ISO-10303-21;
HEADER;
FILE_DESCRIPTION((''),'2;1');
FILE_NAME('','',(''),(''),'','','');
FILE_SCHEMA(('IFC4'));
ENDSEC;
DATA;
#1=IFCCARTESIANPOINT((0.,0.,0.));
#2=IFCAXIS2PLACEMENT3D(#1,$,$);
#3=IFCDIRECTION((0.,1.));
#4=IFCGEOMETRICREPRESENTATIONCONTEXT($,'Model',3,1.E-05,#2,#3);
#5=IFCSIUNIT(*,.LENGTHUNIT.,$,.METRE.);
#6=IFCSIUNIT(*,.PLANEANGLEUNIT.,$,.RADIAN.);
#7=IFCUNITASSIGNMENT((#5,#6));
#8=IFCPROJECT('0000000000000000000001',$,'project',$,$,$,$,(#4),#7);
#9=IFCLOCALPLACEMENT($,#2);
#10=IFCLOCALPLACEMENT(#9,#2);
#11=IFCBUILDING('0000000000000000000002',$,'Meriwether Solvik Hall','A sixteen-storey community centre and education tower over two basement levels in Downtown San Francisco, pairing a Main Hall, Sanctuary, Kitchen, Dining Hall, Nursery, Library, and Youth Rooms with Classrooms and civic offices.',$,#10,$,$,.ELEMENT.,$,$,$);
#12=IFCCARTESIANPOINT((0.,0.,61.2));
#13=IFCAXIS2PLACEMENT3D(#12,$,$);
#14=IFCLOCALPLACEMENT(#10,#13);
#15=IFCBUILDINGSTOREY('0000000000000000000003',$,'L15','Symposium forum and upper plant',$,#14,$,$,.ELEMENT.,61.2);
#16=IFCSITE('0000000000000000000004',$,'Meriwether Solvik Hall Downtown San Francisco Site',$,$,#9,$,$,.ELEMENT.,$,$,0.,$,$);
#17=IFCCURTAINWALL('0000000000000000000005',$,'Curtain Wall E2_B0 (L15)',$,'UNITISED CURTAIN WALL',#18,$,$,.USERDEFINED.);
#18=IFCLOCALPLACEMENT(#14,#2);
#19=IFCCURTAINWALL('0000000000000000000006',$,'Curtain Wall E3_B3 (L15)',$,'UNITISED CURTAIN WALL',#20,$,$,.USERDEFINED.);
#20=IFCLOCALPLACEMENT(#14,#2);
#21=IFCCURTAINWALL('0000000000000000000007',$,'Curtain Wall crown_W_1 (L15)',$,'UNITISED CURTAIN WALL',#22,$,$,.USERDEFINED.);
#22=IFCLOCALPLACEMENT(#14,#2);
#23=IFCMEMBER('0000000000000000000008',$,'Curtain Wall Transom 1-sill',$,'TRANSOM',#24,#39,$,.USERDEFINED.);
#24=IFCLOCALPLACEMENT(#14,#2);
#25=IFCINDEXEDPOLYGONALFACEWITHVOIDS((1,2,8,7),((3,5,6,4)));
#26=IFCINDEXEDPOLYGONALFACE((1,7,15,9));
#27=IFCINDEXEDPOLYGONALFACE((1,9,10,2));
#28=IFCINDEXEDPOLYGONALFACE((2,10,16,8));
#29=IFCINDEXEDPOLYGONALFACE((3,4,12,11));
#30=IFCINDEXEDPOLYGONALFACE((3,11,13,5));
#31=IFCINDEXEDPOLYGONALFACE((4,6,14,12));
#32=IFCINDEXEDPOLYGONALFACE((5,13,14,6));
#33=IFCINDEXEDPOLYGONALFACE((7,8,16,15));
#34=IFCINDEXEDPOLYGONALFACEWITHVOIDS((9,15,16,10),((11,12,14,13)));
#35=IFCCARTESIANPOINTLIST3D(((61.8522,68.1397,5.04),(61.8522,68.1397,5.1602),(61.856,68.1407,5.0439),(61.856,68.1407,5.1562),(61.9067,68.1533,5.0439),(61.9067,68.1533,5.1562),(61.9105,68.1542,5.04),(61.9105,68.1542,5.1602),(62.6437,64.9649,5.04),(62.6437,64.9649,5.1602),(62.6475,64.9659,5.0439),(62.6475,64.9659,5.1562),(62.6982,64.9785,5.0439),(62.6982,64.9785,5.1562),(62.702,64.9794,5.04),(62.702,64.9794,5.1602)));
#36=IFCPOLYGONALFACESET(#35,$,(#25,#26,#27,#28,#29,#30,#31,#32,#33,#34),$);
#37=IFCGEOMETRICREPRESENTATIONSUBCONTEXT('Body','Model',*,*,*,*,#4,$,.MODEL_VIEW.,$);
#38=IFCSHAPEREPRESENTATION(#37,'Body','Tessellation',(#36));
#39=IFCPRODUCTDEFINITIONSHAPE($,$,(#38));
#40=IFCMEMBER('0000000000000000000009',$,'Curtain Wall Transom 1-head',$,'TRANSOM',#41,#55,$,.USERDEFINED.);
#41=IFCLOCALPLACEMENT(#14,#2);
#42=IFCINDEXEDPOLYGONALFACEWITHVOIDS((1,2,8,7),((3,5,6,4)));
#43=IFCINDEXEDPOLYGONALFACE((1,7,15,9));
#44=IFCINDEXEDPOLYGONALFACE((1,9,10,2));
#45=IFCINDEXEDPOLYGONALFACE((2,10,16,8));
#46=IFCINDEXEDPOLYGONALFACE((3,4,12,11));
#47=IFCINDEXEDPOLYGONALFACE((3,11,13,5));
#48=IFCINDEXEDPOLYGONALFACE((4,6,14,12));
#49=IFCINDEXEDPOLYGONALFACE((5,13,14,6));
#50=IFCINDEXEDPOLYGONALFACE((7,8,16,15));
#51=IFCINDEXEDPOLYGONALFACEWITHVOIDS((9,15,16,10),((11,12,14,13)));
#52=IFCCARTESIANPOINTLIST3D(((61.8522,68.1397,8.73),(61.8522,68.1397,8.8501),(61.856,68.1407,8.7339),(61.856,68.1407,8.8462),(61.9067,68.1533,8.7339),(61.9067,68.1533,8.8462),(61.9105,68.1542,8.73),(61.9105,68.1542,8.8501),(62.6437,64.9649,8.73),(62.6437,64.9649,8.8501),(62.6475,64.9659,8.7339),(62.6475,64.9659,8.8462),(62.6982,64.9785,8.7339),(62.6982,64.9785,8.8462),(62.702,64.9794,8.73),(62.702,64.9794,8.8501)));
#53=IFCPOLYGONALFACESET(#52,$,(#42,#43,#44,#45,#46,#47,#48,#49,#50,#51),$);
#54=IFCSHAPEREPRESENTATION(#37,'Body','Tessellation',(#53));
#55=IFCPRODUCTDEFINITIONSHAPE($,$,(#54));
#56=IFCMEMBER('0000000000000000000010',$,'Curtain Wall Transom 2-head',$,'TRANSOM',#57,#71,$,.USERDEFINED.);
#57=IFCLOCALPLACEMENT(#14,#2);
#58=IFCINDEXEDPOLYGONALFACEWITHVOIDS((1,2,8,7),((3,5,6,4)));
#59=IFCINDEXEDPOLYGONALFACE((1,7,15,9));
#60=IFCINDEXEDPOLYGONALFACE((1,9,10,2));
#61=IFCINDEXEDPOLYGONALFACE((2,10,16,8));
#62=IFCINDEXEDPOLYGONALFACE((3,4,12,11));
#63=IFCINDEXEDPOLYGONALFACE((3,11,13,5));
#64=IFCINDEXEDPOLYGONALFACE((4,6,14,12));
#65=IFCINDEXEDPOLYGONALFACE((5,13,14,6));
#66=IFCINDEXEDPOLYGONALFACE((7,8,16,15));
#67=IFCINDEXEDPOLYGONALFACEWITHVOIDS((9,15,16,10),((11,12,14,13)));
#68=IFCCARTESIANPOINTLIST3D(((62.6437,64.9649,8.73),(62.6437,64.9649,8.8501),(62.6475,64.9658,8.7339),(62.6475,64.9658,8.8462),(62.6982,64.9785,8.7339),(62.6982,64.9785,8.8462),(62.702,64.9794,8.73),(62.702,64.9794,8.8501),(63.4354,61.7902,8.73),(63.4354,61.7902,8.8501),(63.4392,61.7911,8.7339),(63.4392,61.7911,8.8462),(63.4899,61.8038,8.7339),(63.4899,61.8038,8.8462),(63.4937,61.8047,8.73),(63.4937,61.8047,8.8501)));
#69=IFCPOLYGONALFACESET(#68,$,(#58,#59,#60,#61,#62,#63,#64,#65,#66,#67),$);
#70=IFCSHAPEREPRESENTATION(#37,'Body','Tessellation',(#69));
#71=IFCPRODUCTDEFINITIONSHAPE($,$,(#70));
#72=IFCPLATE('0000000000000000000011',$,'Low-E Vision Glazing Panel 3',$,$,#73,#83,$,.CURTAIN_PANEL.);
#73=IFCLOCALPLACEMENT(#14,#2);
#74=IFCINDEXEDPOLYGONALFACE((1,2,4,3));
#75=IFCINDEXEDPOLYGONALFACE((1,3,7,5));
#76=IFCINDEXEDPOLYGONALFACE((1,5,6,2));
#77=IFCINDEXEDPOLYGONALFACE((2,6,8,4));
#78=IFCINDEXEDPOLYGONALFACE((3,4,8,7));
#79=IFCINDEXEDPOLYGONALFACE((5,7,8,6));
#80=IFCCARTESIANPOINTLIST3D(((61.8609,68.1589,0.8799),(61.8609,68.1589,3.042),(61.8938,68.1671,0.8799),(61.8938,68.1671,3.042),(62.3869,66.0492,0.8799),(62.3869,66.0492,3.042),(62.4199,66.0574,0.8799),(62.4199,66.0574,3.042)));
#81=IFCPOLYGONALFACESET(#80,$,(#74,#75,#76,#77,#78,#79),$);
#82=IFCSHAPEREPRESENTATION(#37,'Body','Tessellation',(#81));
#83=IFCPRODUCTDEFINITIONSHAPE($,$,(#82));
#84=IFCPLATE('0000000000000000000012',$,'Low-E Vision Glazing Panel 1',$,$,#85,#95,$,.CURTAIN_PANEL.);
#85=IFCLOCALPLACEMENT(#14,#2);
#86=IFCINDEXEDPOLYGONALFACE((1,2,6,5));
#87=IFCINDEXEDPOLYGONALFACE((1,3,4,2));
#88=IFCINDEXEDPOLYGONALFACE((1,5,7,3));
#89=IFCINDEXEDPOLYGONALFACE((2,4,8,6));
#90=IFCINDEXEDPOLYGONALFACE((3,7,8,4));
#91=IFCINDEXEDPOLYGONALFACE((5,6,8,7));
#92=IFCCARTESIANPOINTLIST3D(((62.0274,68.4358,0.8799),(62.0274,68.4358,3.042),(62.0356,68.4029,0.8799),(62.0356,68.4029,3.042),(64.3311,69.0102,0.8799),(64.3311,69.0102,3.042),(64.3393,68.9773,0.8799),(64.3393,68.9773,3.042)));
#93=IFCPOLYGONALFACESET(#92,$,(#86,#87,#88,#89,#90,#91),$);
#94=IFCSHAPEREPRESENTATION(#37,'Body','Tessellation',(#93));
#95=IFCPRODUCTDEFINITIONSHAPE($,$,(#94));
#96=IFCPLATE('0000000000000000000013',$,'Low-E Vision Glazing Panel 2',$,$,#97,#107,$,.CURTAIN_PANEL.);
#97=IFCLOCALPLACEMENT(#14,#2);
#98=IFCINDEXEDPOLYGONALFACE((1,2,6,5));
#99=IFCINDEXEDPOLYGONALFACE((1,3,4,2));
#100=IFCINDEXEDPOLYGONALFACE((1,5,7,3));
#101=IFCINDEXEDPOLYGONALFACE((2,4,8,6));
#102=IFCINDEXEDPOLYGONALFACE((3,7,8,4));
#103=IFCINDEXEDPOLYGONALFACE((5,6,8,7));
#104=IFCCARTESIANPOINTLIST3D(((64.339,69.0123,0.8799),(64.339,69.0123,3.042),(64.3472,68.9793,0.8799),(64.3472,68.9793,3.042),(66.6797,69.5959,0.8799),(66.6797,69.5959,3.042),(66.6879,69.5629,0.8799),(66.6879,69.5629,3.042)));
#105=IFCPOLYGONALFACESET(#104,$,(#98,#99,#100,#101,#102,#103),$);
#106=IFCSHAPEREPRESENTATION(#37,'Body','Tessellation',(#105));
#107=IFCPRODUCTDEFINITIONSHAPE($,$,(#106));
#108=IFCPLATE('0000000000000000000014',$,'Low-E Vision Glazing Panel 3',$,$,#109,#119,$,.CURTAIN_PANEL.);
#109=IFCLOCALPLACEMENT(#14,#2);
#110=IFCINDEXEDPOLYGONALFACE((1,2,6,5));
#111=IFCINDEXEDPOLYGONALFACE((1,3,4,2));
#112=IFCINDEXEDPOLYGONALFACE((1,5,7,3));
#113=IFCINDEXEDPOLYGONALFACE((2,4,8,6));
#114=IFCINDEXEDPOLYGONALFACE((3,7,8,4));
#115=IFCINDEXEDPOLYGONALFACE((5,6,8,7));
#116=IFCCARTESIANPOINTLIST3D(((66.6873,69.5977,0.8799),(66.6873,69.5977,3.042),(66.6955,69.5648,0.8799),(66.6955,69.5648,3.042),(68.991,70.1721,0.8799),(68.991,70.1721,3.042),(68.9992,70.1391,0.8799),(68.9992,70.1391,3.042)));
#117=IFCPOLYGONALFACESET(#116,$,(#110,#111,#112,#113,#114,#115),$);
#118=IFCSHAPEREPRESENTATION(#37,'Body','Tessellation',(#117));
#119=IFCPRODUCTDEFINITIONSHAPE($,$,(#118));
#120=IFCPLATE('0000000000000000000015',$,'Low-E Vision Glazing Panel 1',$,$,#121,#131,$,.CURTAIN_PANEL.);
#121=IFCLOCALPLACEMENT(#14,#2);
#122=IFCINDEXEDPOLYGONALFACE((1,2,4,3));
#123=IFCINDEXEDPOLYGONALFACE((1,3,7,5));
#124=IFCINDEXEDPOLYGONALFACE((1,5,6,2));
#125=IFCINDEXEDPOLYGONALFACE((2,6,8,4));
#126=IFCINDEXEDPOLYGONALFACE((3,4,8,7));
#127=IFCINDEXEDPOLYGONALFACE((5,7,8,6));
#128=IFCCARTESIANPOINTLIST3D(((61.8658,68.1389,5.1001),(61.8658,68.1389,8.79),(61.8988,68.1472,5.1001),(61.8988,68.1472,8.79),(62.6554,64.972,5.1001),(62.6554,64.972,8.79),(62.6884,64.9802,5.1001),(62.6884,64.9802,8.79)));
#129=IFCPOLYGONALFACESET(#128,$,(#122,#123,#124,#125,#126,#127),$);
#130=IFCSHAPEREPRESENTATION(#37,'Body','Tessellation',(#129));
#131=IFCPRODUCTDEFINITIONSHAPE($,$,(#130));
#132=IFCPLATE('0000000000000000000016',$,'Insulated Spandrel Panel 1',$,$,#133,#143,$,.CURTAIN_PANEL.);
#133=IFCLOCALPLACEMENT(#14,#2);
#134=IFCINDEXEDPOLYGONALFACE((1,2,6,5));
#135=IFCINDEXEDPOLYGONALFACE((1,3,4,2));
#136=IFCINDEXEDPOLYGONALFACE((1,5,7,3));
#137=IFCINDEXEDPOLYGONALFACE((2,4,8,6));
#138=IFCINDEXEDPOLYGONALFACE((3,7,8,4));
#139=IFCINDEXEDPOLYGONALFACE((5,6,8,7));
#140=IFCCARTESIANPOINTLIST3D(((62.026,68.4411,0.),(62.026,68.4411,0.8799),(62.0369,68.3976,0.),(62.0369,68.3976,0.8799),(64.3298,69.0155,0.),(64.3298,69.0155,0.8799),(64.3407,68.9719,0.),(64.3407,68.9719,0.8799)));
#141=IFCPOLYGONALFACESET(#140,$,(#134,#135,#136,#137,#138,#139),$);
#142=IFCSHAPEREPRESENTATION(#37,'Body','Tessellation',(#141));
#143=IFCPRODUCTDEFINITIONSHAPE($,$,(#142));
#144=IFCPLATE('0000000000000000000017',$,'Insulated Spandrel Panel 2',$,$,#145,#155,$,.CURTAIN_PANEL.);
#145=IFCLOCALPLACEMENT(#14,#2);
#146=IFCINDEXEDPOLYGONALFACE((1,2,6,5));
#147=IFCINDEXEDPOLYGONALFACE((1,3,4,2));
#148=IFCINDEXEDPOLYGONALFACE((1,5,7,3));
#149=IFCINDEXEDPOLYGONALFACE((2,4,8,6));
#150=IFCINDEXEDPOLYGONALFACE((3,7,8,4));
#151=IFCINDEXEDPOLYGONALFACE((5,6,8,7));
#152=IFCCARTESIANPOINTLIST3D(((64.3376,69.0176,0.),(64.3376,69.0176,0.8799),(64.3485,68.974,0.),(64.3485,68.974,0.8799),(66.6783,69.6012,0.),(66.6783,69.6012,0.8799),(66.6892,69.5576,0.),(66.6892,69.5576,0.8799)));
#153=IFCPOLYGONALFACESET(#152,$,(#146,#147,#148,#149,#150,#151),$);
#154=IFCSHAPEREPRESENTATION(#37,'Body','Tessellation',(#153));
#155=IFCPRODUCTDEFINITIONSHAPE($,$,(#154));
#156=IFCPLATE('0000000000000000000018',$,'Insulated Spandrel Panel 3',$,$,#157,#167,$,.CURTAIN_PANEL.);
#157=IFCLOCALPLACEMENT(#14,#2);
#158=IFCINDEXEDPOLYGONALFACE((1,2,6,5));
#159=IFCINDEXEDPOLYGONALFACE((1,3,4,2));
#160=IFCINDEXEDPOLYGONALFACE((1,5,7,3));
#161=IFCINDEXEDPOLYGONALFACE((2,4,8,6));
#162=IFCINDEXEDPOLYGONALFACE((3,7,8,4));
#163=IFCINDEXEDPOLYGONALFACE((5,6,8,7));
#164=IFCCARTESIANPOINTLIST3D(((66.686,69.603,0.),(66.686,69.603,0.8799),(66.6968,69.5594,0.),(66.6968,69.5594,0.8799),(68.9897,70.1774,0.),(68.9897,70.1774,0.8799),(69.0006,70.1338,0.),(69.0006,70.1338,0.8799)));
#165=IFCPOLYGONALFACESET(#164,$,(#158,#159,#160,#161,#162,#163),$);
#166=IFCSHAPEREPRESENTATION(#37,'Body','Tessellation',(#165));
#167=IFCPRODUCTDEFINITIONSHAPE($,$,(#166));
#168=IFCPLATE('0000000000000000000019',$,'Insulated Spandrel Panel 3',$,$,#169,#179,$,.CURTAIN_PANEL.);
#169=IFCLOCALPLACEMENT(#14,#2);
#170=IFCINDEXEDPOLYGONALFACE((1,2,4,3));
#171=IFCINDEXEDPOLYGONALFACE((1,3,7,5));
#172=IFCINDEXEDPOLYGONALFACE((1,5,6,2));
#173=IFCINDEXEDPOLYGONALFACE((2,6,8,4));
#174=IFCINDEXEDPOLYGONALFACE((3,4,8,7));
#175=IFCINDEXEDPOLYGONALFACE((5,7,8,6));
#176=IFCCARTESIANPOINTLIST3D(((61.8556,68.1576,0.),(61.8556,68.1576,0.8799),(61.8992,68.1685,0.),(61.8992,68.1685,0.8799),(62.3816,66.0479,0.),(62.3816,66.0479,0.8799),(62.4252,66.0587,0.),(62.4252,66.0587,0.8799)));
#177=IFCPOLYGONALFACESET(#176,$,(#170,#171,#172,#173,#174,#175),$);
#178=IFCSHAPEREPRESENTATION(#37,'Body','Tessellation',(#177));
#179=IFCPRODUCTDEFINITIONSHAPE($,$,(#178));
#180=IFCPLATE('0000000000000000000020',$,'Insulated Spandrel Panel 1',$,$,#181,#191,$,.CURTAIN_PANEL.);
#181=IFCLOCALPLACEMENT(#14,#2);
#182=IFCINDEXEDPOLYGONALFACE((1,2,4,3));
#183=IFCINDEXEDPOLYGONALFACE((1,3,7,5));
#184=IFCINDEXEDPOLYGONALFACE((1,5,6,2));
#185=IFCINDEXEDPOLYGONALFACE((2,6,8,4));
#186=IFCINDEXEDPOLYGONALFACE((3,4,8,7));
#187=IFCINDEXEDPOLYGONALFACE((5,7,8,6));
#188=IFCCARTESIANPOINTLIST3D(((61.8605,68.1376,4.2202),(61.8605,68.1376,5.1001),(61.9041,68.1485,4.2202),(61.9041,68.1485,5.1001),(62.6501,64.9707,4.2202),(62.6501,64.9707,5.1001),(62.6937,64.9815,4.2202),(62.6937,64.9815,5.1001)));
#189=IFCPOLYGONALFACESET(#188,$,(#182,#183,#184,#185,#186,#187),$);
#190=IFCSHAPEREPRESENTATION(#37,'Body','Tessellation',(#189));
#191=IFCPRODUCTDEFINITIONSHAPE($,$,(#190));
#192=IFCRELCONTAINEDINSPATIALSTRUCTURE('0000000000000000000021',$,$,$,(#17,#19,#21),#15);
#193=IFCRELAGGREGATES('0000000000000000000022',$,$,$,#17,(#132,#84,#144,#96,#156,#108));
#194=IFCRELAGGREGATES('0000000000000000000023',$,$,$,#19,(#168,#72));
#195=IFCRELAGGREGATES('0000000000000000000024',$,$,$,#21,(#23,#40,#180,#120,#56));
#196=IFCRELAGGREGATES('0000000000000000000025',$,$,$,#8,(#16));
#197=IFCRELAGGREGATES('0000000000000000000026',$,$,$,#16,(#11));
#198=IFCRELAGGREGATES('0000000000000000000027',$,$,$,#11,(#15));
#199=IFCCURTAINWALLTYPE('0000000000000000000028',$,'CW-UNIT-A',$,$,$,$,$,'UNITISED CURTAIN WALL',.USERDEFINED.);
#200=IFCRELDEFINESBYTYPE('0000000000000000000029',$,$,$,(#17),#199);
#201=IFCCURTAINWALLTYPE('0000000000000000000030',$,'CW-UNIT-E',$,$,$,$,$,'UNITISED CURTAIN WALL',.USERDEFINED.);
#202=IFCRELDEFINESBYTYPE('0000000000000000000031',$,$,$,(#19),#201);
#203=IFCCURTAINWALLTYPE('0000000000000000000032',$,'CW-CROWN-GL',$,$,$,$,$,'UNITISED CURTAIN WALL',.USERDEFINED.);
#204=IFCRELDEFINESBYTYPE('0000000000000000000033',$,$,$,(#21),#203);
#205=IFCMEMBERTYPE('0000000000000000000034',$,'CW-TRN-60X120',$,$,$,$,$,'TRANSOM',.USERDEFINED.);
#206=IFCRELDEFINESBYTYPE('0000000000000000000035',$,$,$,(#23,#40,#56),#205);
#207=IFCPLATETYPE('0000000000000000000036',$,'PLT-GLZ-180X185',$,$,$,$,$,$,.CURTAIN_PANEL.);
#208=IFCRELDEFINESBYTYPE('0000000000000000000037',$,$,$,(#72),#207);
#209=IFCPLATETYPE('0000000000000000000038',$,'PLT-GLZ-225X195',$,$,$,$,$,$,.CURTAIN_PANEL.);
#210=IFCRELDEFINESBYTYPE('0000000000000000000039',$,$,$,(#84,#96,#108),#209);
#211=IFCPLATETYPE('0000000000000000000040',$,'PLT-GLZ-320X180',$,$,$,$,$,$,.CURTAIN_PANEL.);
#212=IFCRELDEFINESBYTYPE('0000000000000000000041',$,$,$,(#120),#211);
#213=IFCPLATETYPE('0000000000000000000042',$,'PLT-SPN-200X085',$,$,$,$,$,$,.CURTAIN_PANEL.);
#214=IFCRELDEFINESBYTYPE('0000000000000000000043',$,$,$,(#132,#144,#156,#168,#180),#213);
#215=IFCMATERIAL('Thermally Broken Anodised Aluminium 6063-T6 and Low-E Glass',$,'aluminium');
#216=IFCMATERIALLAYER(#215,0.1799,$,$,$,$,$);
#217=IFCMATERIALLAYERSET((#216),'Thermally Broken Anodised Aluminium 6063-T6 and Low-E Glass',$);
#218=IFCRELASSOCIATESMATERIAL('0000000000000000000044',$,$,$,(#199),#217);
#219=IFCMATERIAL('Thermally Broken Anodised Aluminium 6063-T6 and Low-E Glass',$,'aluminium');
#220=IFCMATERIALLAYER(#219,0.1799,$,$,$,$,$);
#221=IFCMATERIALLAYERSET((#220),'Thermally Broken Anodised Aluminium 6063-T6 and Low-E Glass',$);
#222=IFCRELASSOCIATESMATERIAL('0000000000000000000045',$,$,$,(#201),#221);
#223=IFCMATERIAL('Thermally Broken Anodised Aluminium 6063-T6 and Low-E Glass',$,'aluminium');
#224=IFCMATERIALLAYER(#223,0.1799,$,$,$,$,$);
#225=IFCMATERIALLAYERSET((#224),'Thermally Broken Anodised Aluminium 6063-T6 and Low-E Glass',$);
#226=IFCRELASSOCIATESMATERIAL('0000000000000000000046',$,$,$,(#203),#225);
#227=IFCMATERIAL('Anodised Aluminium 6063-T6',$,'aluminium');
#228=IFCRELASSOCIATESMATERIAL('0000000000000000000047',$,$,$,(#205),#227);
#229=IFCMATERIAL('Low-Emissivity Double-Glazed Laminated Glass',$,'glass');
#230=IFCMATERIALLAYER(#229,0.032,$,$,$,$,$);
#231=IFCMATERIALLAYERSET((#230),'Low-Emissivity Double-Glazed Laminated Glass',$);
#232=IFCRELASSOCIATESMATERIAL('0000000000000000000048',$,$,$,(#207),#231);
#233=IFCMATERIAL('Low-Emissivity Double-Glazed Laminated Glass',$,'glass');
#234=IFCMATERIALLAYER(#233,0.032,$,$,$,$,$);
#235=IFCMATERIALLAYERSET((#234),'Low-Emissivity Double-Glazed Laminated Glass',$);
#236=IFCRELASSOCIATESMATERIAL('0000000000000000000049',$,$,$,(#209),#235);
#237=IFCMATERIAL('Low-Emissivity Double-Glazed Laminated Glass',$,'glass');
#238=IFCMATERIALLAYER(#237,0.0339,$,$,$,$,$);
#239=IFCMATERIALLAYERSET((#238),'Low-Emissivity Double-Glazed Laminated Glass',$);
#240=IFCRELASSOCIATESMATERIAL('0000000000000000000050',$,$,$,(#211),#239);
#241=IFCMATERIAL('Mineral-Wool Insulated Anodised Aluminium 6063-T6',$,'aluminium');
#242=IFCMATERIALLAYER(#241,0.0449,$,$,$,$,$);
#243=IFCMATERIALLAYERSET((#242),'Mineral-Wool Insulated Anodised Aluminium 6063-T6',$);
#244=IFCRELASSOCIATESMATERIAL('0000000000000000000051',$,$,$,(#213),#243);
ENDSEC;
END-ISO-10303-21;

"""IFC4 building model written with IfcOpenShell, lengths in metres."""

from ifc_helpers import new_model, si_unit, direction, frame, origin, origin_2d, place, context, subcontext, project, spatial, rectangle, hollow_rectangle, extrude, material, layer, layer_set, material_profile, profile_set, type_object, element, aggregate, save


model = new_model("IFC4")

# Units and contexts
model_context = context("Model", 3, precision=1e-05, world=origin(), true_north=direction((0.0, 1.0)))
body_context = subcontext(model_context, "Body", "Model", "MODEL_VIEW")
ifc_project = project(units=[si_unit("LENGTHUNIT", "METRE"), si_unit("PLANEANGLEUNIT", "RADIAN")], contexts=[model_context])

# Site, building, storey
site_placement = place(None, origin())
site = spatial("IfcSite", under=ifc_project, at=site_placement, Name="Meriwether Solvik Hall Downtown San Francisco Site", CompositionType="ELEMENT", RefElevation=0.0)
building_placement = place(site_placement, origin())
building = spatial("IfcBuilding", under=site, at=building_placement, Name="Meriwether Solvik Hall", Description="A sixteen-storey community centre and education tower over two basement levels in Downtown San Francisco, pairing a Main Hall, Sanctuary, Kitchen, Dining Hall, Nursery, Library, and Youth Rooms with Classrooms and civic offices.", CompositionType="ELEMENT")
storey_placement = place(building_placement, frame((0.0, 0.0, 61.2)))
storey = spatial("IfcBuildingStorey", under=building, at=storey_placement, Name="L15", Description="Symposium forum and upper plant", CompositionType="ELEMENT", Elevation=61.2)

# Curtain walls
ifc_material_1 = material(Name="Thermally Broken Anodised Aluminium 6063-T6 and Low-E Glass", Category="aluminium")
ifc_layer_1 = layer(ifc_material_1, 0.1799)
ifc_layer_set_1 = layer_set([ifc_layer_1], Name="Thermally Broken Anodised Aluminium 6063-T6 and Low-E Glass")
curtain_wall_type_1 = type_object("IfcCurtainWallType", Name="CW-UNIT-A", ElementType="UNITISED CURTAIN WALL", PredefinedType="USERDEFINED", material=ifc_layer_set_1)
curtain_wall_1_placement = place(storey_placement, origin())
curtain_wall_1 = element("IfcCurtainWall", 1, at=curtain_wall_1_placement, inside=storey, type_object=curtain_wall_type_1, Name="Curtain Wall E2_B0 (L15)", ObjectType="UNITISED CURTAIN WALL", PredefinedType="USERDEFINED")
ifc_material_2 = material(Name="Thermally Broken Anodised Aluminium 6063-T6 and Low-E Glass", Category="aluminium")
ifc_layer_2 = layer(ifc_material_2, 0.1799)
ifc_layer_set_2 = layer_set([ifc_layer_2], Name="Thermally Broken Anodised Aluminium 6063-T6 and Low-E Glass")
curtain_wall_type_2 = type_object("IfcCurtainWallType", Name="CW-UNIT-E", ElementType="UNITISED CURTAIN WALL", PredefinedType="USERDEFINED", material=ifc_layer_set_2)
curtain_wall_2_placement = place(storey_placement, origin())
curtain_wall_2 = element("IfcCurtainWall", 2, at=curtain_wall_2_placement, inside=storey, type_object=curtain_wall_type_2, Name="Curtain Wall E3_B3 (L15)", ObjectType="UNITISED CURTAIN WALL", PredefinedType="USERDEFINED")

# Curtain wall
ifc_material_3 = material(Name="Thermally Broken Anodised Aluminium 6063-T6 and Low-E Glass", Category="aluminium")
ifc_layer_3 = layer(ifc_material_3, 0.1799)
ifc_layer_set_3 = layer_set([ifc_layer_3], Name="Thermally Broken Anodised Aluminium 6063-T6 and Low-E Glass")
curtain_wall_type_3 = type_object("IfcCurtainWallType", Name="CW-CROWN-GL", ElementType="UNITISED CURTAIN WALL", PredefinedType="USERDEFINED", material=ifc_layer_set_3)
curtain_wall_3_placement = place(storey_placement, origin())
curtain_wall_3 = element("IfcCurtainWall", 3, at=curtain_wall_3_placement, inside=storey, type_object=curtain_wall_type_3, Name="Curtain Wall crown_W_1 (L15)", ObjectType="UNITISED CURTAIN WALL", PredefinedType="USERDEFINED")

# Members
ifc_material_4 = material(Name="Anodised Aluminium 6063-T6", Category="aluminium")
ifc_material_profile_1 = material_profile(ifc_material_4, hollow_rectangle(XDim=0.0601, YDim=0.1201, WallThickness=0.0039, at=origin_2d()), Name="CWT-60X120")
ifc_profile_set_1 = profile_set([ifc_material_profile_1], Name="Anodised Aluminium 6063-T6")
member_type_1 = type_object("IfcMemberType", Name="CW-TRN-60X120", ElementType="TRANSOM", PredefinedType="USERDEFINED", material=ifc_profile_set_1)
member_1_placement = place(storey_placement, frame((61.8813, 68.147, 5.1001), z_axis=(0.241904, -0.9703, 0.0), x_axis=(0.9703, 0.241904, 0.0)))
member_1 = element("IfcMember", 4, at=member_1_placement, type_object=member_type_1, Name="Curtain Wall Transom 1-sill", ObjectType="TRANSOM", PredefinedType="USERDEFINED", context=body_context, shape_type="SweptSolid", body=[
    extrude(hollow_rectangle(XDim=0.0601, YDim=0.1201, WallThickness=0.0039, at=origin_2d()), origin(), (0.0, 0.0, 1.0), 3.272),
])
member_2_placement = place(storey_placement, frame((61.8813, 68.147, 8.79), z_axis=(0.241904, -0.9703, 0.0), x_axis=(0.9703, 0.241904, 0.0)))
member_2 = element("IfcMember", 5, at=member_2_placement, type_object=member_type_1, Name="Curtain Wall Transom 1-head", ObjectType="TRANSOM", PredefinedType="USERDEFINED", context=body_context, shape_type="SweptSolid", body=[
    extrude(hollow_rectangle(XDim=0.0601, YDim=0.1201, WallThickness=0.0039, at=origin_2d()), origin(), (0.0, 0.0, 1.0), 3.272),
])
member_3_placement = place(storey_placement, frame((62.6729, 64.9722, 8.79), z_axis=(0.241974, -0.970283, 0.0), x_axis=(0.970283, 0.241974, 0.0)))
member_3 = element("IfcMember", 6, at=member_3_placement, type_object=member_type_1, Name="Curtain Wall Transom 2-head", ObjectType="TRANSOM", PredefinedType="USERDEFINED", context=body_context, shape_type="SweptSolid", body=[
    extrude(hollow_rectangle(XDim=0.0601, YDim=0.1201, WallThickness=0.0039, at=origin_2d()), origin(), (0.0, 0.0, 1.0), 3.272),
])

# Plates
ifc_material_5 = material(Name="Low-Emissivity Double-Glazed Laminated Glass", Category="glass")
ifc_layer_4 = layer(ifc_material_5, 0.032)
ifc_layer_set_4 = layer_set([ifc_layer_4], Name="Low-Emissivity Double-Glazed Laminated Glass")
plate_type_1 = type_object("IfcPlateType", Name="PLT-GLZ-180X185", PredefinedType="CURTAIN_PANEL", material=ifc_layer_set_4)
plate_1_placement = place(storey_placement, frame((62.1404, 67.1082, 0.8799), z_axis=(0.0, 0.0, 1.0), x_axis=(-0.241922, 0.970296, 0.0)))
plate_1 = element("IfcPlate", 7, at=plate_1_placement, type_object=plate_type_1, Name="Low-E Vision Glazing Panel 3", PredefinedType="CURTAIN_PANEL", context=body_context, shape_type="SweptSolid", body=[
    extrude(rectangle(XDim=2.1743, YDim=0.0339, at=origin_2d()), origin(), (0.0, 0.0, 1.0), 2.1621),
])
ifc_material_6 = material(Name="Low-Emissivity Double-Glazed Laminated Glass", Category="glass")
ifc_layer_5 = layer(ifc_material_6, 0.032)
ifc_layer_set_5 = layer_set([ifc_layer_5], Name="Low-Emissivity Double-Glazed Laminated Glass")
plate_type_2 = type_object("IfcPlateType", Name="PLT-GLZ-225X195", PredefinedType="CURTAIN_PANEL", material=ifc_layer_set_5)
plate_2_placement = place(storey_placement, frame((63.1833, 68.7065, 0.8799), z_axis=(0.0, 0.0, 1.0), x_axis=(0.970296, 0.241922, 0.0)))
plate_2 = element("IfcPlate", 8, at=plate_2_placement, type_object=plate_type_2, Name="Low-E Vision Glazing Panel 1", PredefinedType="CURTAIN_PANEL", context=body_context, shape_type="SweptSolid", body=[
    extrude(rectangle(XDim=2.3743, YDim=0.0339, at=origin_2d()), origin(), (0.0, 0.0, 1.0), 2.1621),
])
plate_3_placement = place(storey_placement, frame((65.5134, 69.2876, 0.8799), z_axis=(0.0, 0.0, 1.0), x_axis=(0.970296, 0.241922, 0.0)))
plate_3 = element("IfcPlate", 9, at=plate_3_placement, type_object=plate_type_2, Name="Low-E Vision Glazing Panel 2", PredefinedType="CURTAIN_PANEL", context=body_context, shape_type="SweptSolid", body=[
    extrude(rectangle(XDim=2.4124, YDim=0.0339, at=origin_2d()), origin(), (0.0, 0.0, 1.0), 2.1621),
])
plate_4_placement = place(storey_placement, frame((67.8433, 69.8684, 0.8799), z_axis=(0.0, 0.0, 1.0), x_axis=(0.970296, 0.241922, 0.0)))
plate_4 = element("IfcPlate", 10, at=plate_4_placement, type_object=plate_type_2, Name="Low-E Vision Glazing Panel 3", PredefinedType="CURTAIN_PANEL", context=body_context, shape_type="SweptSolid", body=[
    extrude(rectangle(XDim=2.3743, YDim=0.0339, at=origin_2d()), origin(), (0.0, 0.0, 1.0), 2.1621),
])
ifc_material_7 = material(Name="Low-Emissivity Double-Glazed Laminated Glass", Category="glass")
ifc_layer_6 = layer(ifc_material_7, 0.0339)
ifc_layer_set_6 = layer_set([ifc_layer_6], Name="Low-Emissivity Double-Glazed Laminated Glass")
plate_type_3 = type_object("IfcPlateType", Name="PLT-GLZ-320X180", PredefinedType="CURTAIN_PANEL", material=ifc_layer_set_6)
plate_5_placement = place(storey_placement, frame((62.2771, 66.5596, 5.1001), z_axis=(0.0, 0.0, 1.0), x_axis=(0.241922, -0.970296, 0.0)))
plate_5 = element("IfcPlate", 11, at=plate_5_placement, type_object=plate_type_3, Name="Low-E Vision Glazing Panel 1", PredefinedType="CURTAIN_PANEL", context=body_context, shape_type="SweptSolid", body=[
    extrude(rectangle(XDim=3.2639, YDim=0.0339, at=origin_2d()), origin(), (0.0, 0.0, 1.0), 3.6899),
])
ifc_material_8 = material(Name="Mineral-Wool Insulated Anodised Aluminium 6063-T6", Category="aluminium")
ifc_layer_7 = layer(ifc_material_8, 0.0449)
ifc_layer_set_7 = layer_set([ifc_layer_7], Name="Mineral-Wool Insulated Anodised Aluminium 6063-T6")
plate_type_4 = type_object("IfcPlateType", Name="PLT-SPN-200X085", PredefinedType="CURTAIN_PANEL", material=ifc_layer_set_7)
plate_6_placement = place(storey_placement, frame((63.1833, 68.7065, 0.0), z_axis=(0.0, 0.0, 1.0), x_axis=(0.970296, 0.241922, 0.0)))
plate_6 = element("IfcPlate", 12, at=plate_6_placement, type_object=plate_type_4, Name="Insulated Spandrel Panel 1", PredefinedType="CURTAIN_PANEL", context=body_context, shape_type="SweptSolid", body=[
    extrude(rectangle(XDim=2.3743, YDim=0.0449, at=origin_2d()), origin(), (0.0, 0.0, 1.0), 0.8799),
])
plate_7_placement = place(storey_placement, frame((65.5134, 69.2876, 0.0), z_axis=(0.0, 0.0, 1.0), x_axis=(0.970296, 0.241922, 0.0)))
plate_7 = element("IfcPlate", 13, at=plate_7_placement, type_object=plate_type_4, Name="Insulated Spandrel Panel 2", PredefinedType="CURTAIN_PANEL", context=body_context, shape_type="SweptSolid", body=[
    extrude(rectangle(XDim=2.4124, YDim=0.0449, at=origin_2d()), origin(), (0.0, 0.0, 1.0), 0.8799),
])
plate_8_placement = place(storey_placement, frame((67.8433, 69.8684, 0.0), z_axis=(0.0, 0.0, 1.0), x_axis=(0.970296, 0.241922, 0.0)))
plate_8 = element("IfcPlate", 14, at=plate_8_placement, type_object=plate_type_4, Name="Insulated Spandrel Panel 3", PredefinedType="CURTAIN_PANEL", context=body_context, shape_type="SweptSolid", body=[
    extrude(rectangle(XDim=2.3743, YDim=0.0449, at=origin_2d()), origin(), (0.0, 0.0, 1.0), 0.8799),
])
aggregate(curtain_wall_1, [plate_6, plate_2, plate_7, plate_3, plate_8, plate_4])
plate_9_placement = place(storey_placement, frame((62.1404, 67.1082, 0.0), z_axis=(0.0, 0.0, 1.0), x_axis=(-0.241922, 0.970296, 0.0)))
plate_9 = element("IfcPlate", 15, at=plate_9_placement, type_object=plate_type_4, Name="Insulated Spandrel Panel 3", PredefinedType="CURTAIN_PANEL", context=body_context, shape_type="SweptSolid", body=[
    extrude(rectangle(XDim=2.1743, YDim=0.0449, at=origin_2d()), origin(), (0.0, 0.0, 1.0), 0.8799),
])
aggregate(curtain_wall_2, [plate_9, plate_1])
plate_10_placement = place(storey_placement, frame((62.2771, 66.5596, 4.2202), z_axis=(0.0, 0.0, 1.0), x_axis=(0.241922, -0.970296, 0.0)))
plate_10 = element("IfcPlate", 16, at=plate_10_placement, type_object=plate_type_4, Name="Insulated Spandrel Panel 1", PredefinedType="CURTAIN_PANEL", context=body_context, shape_type="SweptSolid", body=[
    extrude(rectangle(XDim=3.2639, YDim=0.0449, at=origin_2d()), origin(), (0.0, 0.0, 1.0), 0.8799),
])
aggregate(curtain_wall_3, [member_1, member_2, plate_10, plate_5, member_3])

save(model, "model.ifc")
